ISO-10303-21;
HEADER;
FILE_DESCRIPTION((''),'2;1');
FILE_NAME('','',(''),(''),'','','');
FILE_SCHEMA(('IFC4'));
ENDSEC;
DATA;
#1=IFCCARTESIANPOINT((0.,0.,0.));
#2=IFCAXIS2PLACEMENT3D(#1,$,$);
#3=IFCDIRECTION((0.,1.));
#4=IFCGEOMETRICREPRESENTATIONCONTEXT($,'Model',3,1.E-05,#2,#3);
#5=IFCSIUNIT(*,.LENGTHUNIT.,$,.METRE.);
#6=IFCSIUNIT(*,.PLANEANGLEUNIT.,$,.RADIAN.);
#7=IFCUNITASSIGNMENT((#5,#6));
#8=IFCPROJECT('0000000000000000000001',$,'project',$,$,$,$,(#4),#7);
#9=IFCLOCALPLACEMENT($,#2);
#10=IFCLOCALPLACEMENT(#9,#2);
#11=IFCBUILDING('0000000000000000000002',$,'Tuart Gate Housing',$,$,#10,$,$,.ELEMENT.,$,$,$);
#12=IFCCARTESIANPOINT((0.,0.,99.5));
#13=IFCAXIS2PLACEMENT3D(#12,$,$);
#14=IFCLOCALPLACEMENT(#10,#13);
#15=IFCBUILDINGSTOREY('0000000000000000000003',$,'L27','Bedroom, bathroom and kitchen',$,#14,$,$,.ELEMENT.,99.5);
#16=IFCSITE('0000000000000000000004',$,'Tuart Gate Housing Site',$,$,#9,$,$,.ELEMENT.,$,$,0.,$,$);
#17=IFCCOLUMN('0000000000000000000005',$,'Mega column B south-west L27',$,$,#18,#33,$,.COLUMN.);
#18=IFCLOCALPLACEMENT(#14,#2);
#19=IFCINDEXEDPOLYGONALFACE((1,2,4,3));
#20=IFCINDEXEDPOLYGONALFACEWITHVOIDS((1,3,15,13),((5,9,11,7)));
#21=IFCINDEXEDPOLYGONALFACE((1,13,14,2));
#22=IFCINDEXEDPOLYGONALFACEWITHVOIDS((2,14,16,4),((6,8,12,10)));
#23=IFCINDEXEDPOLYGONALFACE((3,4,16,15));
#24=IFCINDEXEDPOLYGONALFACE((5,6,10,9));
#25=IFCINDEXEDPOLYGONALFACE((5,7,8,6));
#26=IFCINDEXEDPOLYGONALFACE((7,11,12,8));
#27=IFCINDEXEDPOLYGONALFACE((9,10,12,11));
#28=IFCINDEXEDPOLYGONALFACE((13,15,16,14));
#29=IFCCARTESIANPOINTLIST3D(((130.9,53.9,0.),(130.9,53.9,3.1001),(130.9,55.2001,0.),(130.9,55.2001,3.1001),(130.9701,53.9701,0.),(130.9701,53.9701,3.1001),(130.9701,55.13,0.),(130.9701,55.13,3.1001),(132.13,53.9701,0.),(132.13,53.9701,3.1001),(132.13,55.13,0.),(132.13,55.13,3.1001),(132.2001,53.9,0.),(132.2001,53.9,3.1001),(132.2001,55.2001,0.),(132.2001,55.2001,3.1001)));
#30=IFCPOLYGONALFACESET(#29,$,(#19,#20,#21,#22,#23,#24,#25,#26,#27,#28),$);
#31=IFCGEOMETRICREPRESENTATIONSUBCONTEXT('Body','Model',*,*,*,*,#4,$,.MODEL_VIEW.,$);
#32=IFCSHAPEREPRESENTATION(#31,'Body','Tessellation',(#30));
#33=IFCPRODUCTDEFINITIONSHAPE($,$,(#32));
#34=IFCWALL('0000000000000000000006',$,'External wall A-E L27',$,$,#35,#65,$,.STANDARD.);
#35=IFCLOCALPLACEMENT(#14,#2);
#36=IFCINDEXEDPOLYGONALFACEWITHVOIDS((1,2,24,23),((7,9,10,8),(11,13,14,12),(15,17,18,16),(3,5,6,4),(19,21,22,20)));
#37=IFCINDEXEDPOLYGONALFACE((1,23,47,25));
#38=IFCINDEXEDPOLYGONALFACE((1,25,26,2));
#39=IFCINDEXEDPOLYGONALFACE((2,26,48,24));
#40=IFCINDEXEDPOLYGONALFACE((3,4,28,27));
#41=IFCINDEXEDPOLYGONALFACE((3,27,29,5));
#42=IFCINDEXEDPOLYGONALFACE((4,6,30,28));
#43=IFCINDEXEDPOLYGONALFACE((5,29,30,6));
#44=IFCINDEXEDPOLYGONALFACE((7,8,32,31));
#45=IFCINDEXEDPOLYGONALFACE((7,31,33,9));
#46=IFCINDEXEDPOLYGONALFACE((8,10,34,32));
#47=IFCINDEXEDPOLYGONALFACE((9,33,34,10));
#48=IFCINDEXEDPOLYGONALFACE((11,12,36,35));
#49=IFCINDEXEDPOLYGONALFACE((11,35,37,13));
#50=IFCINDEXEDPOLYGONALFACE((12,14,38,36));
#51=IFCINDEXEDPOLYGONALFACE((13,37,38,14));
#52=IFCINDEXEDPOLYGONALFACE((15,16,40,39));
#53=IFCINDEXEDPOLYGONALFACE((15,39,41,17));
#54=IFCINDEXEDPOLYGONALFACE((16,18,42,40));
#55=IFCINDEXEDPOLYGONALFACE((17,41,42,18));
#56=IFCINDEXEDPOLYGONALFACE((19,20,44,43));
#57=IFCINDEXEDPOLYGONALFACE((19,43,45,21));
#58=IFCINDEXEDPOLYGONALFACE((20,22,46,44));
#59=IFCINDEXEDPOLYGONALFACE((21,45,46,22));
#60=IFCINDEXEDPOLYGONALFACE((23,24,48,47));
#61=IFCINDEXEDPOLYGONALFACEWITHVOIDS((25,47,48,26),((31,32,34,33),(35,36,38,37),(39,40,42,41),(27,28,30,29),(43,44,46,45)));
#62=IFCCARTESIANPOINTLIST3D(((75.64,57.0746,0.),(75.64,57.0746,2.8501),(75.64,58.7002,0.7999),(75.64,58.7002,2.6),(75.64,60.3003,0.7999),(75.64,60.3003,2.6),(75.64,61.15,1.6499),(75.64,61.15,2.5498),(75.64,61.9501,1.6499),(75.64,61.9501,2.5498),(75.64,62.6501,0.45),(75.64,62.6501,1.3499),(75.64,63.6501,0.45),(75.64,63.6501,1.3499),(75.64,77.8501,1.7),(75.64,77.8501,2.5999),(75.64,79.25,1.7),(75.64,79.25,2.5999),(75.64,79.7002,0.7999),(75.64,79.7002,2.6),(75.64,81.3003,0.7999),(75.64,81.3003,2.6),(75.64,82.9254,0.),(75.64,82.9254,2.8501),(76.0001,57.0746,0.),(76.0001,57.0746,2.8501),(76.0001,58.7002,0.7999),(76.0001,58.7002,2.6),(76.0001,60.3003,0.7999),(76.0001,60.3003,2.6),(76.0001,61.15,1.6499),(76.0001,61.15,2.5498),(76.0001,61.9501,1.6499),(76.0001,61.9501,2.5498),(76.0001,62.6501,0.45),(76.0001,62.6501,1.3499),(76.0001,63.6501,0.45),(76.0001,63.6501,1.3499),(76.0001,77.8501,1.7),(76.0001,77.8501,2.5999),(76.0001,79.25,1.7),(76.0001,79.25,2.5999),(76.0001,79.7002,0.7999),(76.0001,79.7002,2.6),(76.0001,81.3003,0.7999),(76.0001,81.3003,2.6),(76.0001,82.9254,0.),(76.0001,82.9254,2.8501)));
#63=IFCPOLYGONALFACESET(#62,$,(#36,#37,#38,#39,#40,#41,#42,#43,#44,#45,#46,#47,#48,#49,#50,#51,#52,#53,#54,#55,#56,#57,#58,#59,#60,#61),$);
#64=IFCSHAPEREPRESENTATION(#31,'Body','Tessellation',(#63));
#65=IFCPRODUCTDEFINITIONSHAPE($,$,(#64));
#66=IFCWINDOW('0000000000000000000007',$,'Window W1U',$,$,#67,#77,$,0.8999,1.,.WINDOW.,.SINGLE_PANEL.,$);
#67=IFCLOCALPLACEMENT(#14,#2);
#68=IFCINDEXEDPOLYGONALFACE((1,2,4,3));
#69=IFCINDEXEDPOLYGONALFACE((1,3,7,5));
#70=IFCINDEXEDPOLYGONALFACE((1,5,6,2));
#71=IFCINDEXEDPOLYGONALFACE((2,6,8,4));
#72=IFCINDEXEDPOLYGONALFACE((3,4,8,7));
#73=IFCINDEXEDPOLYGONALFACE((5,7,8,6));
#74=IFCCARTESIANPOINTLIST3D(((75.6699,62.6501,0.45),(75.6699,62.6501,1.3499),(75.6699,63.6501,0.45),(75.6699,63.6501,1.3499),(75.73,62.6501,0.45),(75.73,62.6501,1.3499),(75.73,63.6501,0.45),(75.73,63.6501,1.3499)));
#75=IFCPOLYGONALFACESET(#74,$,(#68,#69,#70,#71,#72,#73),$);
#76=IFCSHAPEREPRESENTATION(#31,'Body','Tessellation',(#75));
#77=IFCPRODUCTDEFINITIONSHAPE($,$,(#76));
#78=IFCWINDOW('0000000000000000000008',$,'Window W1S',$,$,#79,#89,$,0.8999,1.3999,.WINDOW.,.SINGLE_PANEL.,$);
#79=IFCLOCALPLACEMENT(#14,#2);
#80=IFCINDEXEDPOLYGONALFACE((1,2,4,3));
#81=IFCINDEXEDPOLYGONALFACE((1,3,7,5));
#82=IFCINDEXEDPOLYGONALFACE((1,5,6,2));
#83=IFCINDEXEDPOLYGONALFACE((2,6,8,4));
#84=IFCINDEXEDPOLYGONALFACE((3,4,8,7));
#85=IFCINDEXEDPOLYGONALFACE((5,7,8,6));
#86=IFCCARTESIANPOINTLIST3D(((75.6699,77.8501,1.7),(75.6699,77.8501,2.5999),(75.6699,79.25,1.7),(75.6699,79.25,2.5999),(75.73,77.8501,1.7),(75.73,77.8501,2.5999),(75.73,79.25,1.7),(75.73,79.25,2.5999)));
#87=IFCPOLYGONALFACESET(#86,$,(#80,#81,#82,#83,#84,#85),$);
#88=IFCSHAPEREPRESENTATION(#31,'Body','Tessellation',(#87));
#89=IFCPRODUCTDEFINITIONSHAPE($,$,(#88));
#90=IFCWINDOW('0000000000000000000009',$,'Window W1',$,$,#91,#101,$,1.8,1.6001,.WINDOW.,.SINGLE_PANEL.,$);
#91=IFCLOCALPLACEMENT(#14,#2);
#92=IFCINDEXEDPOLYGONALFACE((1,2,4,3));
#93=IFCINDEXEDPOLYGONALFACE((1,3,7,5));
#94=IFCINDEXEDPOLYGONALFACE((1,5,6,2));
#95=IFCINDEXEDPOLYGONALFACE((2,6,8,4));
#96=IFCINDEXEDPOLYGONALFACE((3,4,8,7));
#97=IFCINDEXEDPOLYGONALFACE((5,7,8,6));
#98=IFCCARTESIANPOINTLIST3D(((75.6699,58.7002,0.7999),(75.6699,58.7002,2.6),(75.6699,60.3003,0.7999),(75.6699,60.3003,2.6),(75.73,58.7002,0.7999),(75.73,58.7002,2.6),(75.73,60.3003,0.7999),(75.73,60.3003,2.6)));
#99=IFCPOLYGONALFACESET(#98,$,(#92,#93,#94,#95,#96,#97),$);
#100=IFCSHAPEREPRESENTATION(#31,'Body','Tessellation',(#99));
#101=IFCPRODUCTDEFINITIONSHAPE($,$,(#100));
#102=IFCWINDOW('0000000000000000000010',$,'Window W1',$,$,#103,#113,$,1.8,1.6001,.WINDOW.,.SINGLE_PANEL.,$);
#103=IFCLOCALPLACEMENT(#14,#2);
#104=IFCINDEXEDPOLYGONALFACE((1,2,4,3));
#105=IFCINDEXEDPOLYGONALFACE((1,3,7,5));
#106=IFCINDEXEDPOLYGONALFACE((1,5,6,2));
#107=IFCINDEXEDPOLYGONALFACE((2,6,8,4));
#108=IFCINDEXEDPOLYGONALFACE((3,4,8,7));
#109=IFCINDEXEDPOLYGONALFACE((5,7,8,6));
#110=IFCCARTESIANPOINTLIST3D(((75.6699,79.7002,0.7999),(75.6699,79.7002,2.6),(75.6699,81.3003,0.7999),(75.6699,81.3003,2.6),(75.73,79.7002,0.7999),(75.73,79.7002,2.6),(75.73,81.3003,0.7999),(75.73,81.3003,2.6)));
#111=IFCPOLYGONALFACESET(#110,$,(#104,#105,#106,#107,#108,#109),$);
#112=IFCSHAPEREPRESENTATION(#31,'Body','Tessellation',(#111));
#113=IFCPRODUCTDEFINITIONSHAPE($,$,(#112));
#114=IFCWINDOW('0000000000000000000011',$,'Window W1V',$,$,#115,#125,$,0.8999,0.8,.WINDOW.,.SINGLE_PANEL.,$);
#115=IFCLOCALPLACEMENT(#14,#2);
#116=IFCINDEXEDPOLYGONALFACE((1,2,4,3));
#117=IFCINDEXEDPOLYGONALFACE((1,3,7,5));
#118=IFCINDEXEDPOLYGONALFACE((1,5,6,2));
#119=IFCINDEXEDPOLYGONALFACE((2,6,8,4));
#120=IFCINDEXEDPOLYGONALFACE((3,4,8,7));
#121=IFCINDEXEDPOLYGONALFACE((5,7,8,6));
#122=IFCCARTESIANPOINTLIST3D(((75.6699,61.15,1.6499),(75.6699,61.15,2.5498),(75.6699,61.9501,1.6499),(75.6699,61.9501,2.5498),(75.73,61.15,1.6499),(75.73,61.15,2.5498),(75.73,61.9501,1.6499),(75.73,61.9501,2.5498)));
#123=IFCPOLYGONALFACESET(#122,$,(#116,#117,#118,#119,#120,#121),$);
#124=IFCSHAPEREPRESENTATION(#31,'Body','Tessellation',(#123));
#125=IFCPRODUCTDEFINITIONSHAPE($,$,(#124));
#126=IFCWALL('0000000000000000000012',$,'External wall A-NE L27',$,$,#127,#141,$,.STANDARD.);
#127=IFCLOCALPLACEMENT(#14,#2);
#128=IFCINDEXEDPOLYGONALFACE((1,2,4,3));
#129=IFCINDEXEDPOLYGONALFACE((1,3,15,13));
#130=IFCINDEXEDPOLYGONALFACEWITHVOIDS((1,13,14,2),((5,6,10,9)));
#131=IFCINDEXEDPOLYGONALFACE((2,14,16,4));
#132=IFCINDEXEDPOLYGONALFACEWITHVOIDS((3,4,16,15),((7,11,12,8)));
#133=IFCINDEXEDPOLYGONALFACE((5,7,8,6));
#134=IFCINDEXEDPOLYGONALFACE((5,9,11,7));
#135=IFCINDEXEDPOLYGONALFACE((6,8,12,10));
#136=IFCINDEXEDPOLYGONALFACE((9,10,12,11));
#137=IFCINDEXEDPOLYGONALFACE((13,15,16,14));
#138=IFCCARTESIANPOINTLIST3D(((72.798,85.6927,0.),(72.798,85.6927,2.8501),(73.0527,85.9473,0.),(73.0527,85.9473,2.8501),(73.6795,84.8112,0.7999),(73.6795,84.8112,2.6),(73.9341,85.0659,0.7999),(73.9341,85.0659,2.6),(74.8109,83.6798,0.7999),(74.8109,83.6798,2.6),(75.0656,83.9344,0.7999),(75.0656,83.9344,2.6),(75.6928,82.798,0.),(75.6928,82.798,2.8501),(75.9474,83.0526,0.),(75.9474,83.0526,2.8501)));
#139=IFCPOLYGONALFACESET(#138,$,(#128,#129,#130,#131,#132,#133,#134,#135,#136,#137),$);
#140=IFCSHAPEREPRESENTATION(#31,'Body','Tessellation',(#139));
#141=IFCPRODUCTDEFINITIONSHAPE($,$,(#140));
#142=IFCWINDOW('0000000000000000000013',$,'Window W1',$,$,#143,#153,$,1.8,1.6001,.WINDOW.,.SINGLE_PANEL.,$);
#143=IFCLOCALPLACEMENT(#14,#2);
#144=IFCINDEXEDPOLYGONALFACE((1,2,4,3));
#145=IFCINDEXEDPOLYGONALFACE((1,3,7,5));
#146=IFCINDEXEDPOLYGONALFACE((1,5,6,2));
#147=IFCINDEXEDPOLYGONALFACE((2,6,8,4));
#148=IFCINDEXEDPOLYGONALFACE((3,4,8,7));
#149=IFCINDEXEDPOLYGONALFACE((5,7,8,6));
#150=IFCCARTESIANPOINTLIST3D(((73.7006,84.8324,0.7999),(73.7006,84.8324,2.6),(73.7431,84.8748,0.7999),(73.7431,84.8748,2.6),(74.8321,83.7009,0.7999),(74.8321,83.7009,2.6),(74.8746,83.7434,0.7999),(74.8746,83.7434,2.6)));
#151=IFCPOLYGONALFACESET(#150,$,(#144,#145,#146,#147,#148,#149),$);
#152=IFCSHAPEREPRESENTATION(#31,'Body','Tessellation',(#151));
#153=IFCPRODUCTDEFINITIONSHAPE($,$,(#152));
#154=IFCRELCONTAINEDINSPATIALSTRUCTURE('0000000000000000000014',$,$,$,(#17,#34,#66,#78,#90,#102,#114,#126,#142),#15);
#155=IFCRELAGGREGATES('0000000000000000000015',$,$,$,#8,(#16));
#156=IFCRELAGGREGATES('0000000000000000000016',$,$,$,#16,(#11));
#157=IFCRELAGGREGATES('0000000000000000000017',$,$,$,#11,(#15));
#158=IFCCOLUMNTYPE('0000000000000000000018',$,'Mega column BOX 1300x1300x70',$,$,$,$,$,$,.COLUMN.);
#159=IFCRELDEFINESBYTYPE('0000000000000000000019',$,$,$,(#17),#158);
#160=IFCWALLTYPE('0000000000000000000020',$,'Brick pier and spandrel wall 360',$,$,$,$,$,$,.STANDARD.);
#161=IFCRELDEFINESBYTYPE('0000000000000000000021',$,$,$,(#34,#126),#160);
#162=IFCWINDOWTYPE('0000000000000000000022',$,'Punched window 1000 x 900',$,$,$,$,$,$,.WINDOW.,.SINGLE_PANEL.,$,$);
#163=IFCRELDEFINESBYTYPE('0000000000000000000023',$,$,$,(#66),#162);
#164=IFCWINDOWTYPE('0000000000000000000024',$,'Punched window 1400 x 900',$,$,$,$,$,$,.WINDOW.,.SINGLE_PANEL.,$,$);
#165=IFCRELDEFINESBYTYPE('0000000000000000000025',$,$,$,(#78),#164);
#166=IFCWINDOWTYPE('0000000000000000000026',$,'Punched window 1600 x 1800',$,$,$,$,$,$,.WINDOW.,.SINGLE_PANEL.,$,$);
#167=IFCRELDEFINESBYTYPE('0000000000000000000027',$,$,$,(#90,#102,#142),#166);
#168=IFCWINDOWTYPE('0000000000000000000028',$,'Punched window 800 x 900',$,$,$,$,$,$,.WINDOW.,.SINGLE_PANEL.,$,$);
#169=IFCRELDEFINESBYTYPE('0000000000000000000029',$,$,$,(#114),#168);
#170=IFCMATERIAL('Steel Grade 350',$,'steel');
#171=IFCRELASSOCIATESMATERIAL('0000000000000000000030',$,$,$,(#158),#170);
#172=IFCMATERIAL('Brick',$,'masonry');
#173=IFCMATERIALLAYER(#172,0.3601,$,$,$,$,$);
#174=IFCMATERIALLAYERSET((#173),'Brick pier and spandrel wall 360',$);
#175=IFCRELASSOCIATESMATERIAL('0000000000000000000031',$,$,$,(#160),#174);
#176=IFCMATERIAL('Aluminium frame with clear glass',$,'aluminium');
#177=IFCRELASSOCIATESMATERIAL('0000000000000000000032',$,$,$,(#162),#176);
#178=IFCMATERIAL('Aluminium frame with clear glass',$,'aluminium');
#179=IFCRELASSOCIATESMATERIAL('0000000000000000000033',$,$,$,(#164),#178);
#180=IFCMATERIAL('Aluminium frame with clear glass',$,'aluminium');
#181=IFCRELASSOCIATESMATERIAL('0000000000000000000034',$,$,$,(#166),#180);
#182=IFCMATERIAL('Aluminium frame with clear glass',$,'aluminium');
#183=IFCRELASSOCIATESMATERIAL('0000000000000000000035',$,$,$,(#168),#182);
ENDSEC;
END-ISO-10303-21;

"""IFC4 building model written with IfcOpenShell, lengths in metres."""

from ifc_helpers import new_model, si_unit, direction, frame, frame_2d, origin, origin_2d, place, context, subcontext, project, spatial, rectangle, hollow_rectangle, extrude, material, layer, layer_set, material_profile, profile_set, type_object, element, fill, save


model = new_model("IFC4")

# Units and contexts
model_context = context("Model", 3, precision=1e-05, world=origin(), true_north=direction((0.0, 1.0)))
body_context = subcontext(model_context, "Body", "Model", "MODEL_VIEW")
ifc_project = project(units=[si_unit("LENGTHUNIT", "METRE"), si_unit("PLANEANGLEUNIT", "RADIAN")], contexts=[model_context])

# Site, building, storey
site_placement = place(None, origin())
site = spatial("IfcSite", under=ifc_project, at=site_placement, Name="Tuart Gate Housing Site", CompositionType="ELEMENT", RefElevation=0.0)
building_placement = place(site_placement, origin())
building = spatial("IfcBuilding", under=site, at=building_placement, Name="Tuart Gate Housing", CompositionType="ELEMENT")
storey_placement = place(building_placement, frame((0.0, 0.0, 99.5)))
storey = spatial("IfcBuildingStorey", under=building, at=storey_placement, Name="L27", Description="Bedroom, bathroom and kitchen", CompositionType="ELEMENT", Elevation=99.5)

# Column
ifc_material_1 = material(Name="Steel Grade 350", Category="steel")
ifc_material_profile = material_profile(ifc_material_1, hollow_rectangle(XDim=1.3, YDim=1.3, WallThickness=0.0701, at=origin_2d()), Name="BOX 1300x1300x70")
ifc_profile_set = profile_set([ifc_material_profile], Name="Steel Grade 350")
column_type = type_object("IfcColumnType", Name="Mega column BOX 1300x1300x70", PredefinedType="COLUMN", material=ifc_profile_set)
column_placement = place(storey_placement, frame((131.55, 54.55, 0.0), z_axis=(0.0, 0.0, 1.0), x_axis=(1.0, 0.0, 0.0)))
element("IfcColumn", 1, at=column_placement, inside=storey, type_object=column_type, Name="Mega column B south-west L27", PredefinedType="COLUMN", context=body_context, shape_type="SweptSolid", body=[
    extrude(hollow_rectangle(XDim=1.3, YDim=1.3, WallThickness=0.0701, at=origin_2d()), origin(), (0.0, 0.0, 1.0), 3.1001),
])

# Wall, openings, windows
ifc_material_2 = material(Name="Brick", Category="masonry")
ifc_layer_1 = layer(ifc_material_2, 0.3601)
ifc_layer_set_1 = layer_set([ifc_layer_1], Name="Brick pier and spandrel wall 360")
wall_type_1 = type_object("IfcWallType", Name="Brick pier and spandrel wall 360", PredefinedType="STANDARD", material=ifc_layer_set_1)
wall_1_placement = place(storey_placement, frame((75.8201, 57.0747, 0.0), z_axis=(0.0, 0.0, 1.0), x_axis=(0.0, 1.0, 0.0)))
wall_1 = element("IfcWall", 2, at=wall_1_placement, inside=storey, type_object=wall_type_1, Name="External wall A-E L27", PredefinedType="STANDARD", context=body_context, shape_type="SweptSolid", body=[
    extrude(rectangle(XDim=25.8508, YDim=0.3601, at=frame_2d((12.9253, 0.0))), origin(), (0.0, 0.0, 1.0), 2.8501),
])
opening_1_placement = place(wall_1_placement, frame((1.6255, 0.0, 0.8)))
opening_1 = element("IfcOpeningElement", 3, at=opening_1_placement, cuts=wall_1, PredefinedType="OPENING", context=body_context, shape_type="SweptSolid", body=[
    extrude(rectangle(XDim=1.6001, YDim=1.8, at=frame_2d((0.8, 0.8999))), frame((0.0, 0.1899, 0.0), z_axis=(0.0, -1.0, 0.0), x_axis=(1.0, 0.0, 0.0)), (0.0, 0.0, 1.0), 0.3801),
])
opening_2_placement = place(wall_1_placement, frame((4.0754, 0.0, 1.6499)))
opening_2 = element("IfcOpeningElement", 4, at=opening_2_placement, cuts=wall_1, PredefinedType="OPENING", context=body_context, shape_type="SweptSolid", body=[
    extrude(rectangle(XDim=0.8, YDim=0.8999, at=frame_2d((0.3999, 0.45))), frame((0.0, 0.1899, 0.0), z_axis=(0.0, -1.0, 0.0), x_axis=(1.0, 0.0, 0.0)), (0.0, 0.0, 1.0), 0.3801),
])
opening_3_placement = place(wall_1_placement, frame((20.7754, 0.0, 1.7)))
opening_3 = element("IfcOpeningElement", 5, at=opening_3_placement, cuts=wall_1, PredefinedType="OPENING", context=body_context, shape_type="SweptSolid", body=[
    extrude(rectangle(XDim=1.3999, YDim=0.8999, at=frame_2d((0.7, 0.45))), frame((0.0, 0.1899, 0.0), z_axis=(0.0, -1.0, 0.0), x_axis=(1.0, 0.0, 0.0)), (0.0, 0.0, 1.0), 0.3801),
])
opening_4_placement = place(wall_1_placement, frame((22.6255, 0.0, 0.8)))
opening_4 = element("IfcOpeningElement", 6, at=opening_4_placement, cuts=wall_1, PredefinedType="OPENING", context=body_context, shape_type="SweptSolid", body=[
    extrude(rectangle(XDim=1.6001, YDim=1.8, at=frame_2d((0.8, 0.8999))), frame((0.0, 0.1899, 0.0), z_axis=(0.0, -1.0, 0.0), x_axis=(1.0, 0.0, 0.0)), (0.0, 0.0, 1.0), 0.3801),
])
opening_5_placement = place(wall_1_placement, frame((5.5754, 0.0, 0.45)))
opening_5 = element("IfcOpeningElement", 7, at=opening_5_placement, cuts=wall_1, PredefinedType="OPENING", context=body_context, shape_type="SweptSolid", body=[
    extrude(rectangle(XDim=1.0, YDim=0.8999, at=frame_2d((0.5, 0.45))), frame((0.0, 0.1899, 0.0), z_axis=(0.0, -1.0, 0.0), x_axis=(1.0, 0.0, 0.0)), (0.0, 0.0, 1.0), 0.3801),
])
ifc_material_3 = material(Name="Aluminium frame with clear glass", Category="aluminium")
window_type_1 = type_object("IfcWindowType", Name="Punched window 1000 x 900", PartitioningType="SINGLE_PANEL", PredefinedType="WINDOW", material=ifc_material_3)
window_1_placement = place(opening_5_placement, origin())
window_1 = element("IfcWindow", 8, at=window_1_placement, inside=storey, type_object=window_type_1, Name="Window W1U", OverallHeight=0.8999, OverallWidth=1.0, PartitioningType="SINGLE_PANEL", PredefinedType="WINDOW", context=body_context, shape_type="SweptSolid", body=[
    extrude(rectangle(XDim=1.0, YDim=0.8999, at=frame_2d((0.5, 0.45))), frame((0.0, 0.1501, 0.0), z_axis=(0.0, -1.0, 0.0), x_axis=(1.0, 0.0, 0.0)), (0.0, 0.0, 1.0), 0.0601),
])
fill(opening_5, window_1)
ifc_material_4 = material(Name="Aluminium frame with clear glass", Category="aluminium")
window_type_2 = type_object("IfcWindowType", Name="Punched window 1400 x 900", PartitioningType="SINGLE_PANEL", PredefinedType="WINDOW", material=ifc_material_4)
window_2_placement = place(opening_3_placement, origin())
window_2 = element("IfcWindow", 9, at=window_2_placement, inside=storey, type_object=window_type_2, Name="Window W1S", OverallHeight=0.8999, OverallWidth=1.3999, PartitioningType="SINGLE_PANEL", PredefinedType="WINDOW", context=body_context, shape_type="SweptSolid", body=[
    extrude(rectangle(XDim=1.3999, YDim=0.8999, at=frame_2d((0.7, 0.45))), frame((0.0, 0.1501, 0.0), z_axis=(0.0, -1.0, 0.0), x_axis=(1.0, 0.0, 0.0)), (0.0, 0.0, 1.0), 0.0601),
])
fill(opening_3, window_2)
ifc_material_5 = material(Name="Aluminium frame with clear glass", Category="aluminium")
window_type_3 = type_object("IfcWindowType", Name="Punched window 1600 x 1800", PartitioningType="SINGLE_PANEL", PredefinedType="WINDOW", material=ifc_material_5)
window_3_placement = place(opening_1_placement, origin())
window_3 = element("IfcWindow", 10, at=window_3_placement, inside=storey, type_object=window_type_3, Name="Window W1", OverallHeight=1.8, OverallWidth=1.6001, PartitioningType="SINGLE_PANEL", PredefinedType="WINDOW", context=body_context, shape_type="SweptSolid", body=[
    extrude(rectangle(XDim=1.6001, YDim=1.8, at=frame_2d((0.8, 0.8999))), frame((0.0, 0.1501, 0.0), z_axis=(0.0, -1.0, 0.0), x_axis=(1.0, 0.0, 0.0)), (0.0, 0.0, 1.0), 0.0601),
])
fill(opening_1, window_3)
window_4_placement = place(opening_4_placement, origin())
window_4 = element("IfcWindow", 11, at=window_4_placement, inside=storey, type_object=window_type_3, Name="Window W1", OverallHeight=1.8, OverallWidth=1.6001, PartitioningType="SINGLE_PANEL", PredefinedType="WINDOW", context=body_context, shape_type="SweptSolid", body=[
    extrude(rectangle(XDim=1.6001, YDim=1.8, at=frame_2d((0.8, 0.8999))), frame((0.0, 0.1501, 0.0), z_axis=(0.0, -1.0, 0.0), x_axis=(1.0, 0.0, 0.0)), (0.0, 0.0, 1.0), 0.0601),
])
fill(opening_4, window_4)
ifc_material_6 = material(Name="Aluminium frame with clear glass", Category="aluminium")
window_type_4 = type_object("IfcWindowType", Name="Punched window 800 x 900", PartitioningType="SINGLE_PANEL", PredefinedType="WINDOW", material=ifc_material_6)
window_5_placement = place(opening_2_placement, origin())
window_5 = element("IfcWindow", 12, at=window_5_placement, inside=storey, type_object=window_type_4, Name="Window W1V", OverallHeight=0.8999, OverallWidth=0.8, PartitioningType="SINGLE_PANEL", PredefinedType="WINDOW", context=body_context, shape_type="SweptSolid", body=[
    extrude(rectangle(XDim=0.8, YDim=0.8999, at=frame_2d((0.3999, 0.45))), frame((0.0, 0.1501, 0.0), z_axis=(0.0, -1.0, 0.0), x_axis=(1.0, 0.0, 0.0)), (0.0, 0.0, 1.0), 0.0601),
])
fill(opening_2, window_5)

# Wall, opening, window
wall_2_placement = place(storey_placement, frame((75.8201, 82.9253, 0.0), z_axis=(0.0, 0.0, 1.0), x_axis=(-0.707107, 0.707107, 0.0)))
wall_2 = element("IfcWall", 13, at=wall_2_placement, inside=storey, type_object=wall_type_1, Name="External wall A-NE L27", PredefinedType="STANDARD", context=body_context, shape_type="SweptSolid", body=[
    extrude(rectangle(XDim=4.0938, YDim=0.3601, at=frame_2d((2.0469, 0.0))), origin(), (0.0, 0.0, 1.0), 2.8501),
])
opening_6_placement = place(wall_2_placement, frame((1.2471, 0.0, 0.8)))
opening_6 = element("IfcOpeningElement", 14, at=opening_6_placement, cuts=wall_2, PredefinedType="OPENING", context=body_context, shape_type="SweptSolid", body=[
    extrude(rectangle(XDim=1.6001, YDim=1.8, at=frame_2d((0.8, 0.8999))), frame((0.0, 0.1899, 0.0), z_axis=(0.0, -1.0, 0.0), x_axis=(1.0, 0.0, 0.0)), (0.0, 0.0, 1.0), 0.3801),
])
window_6_placement = place(opening_6_placement, origin())
window_6 = element("IfcWindow", 15, at=window_6_placement, inside=storey, type_object=window_type_3, Name="Window W1", OverallHeight=1.8, OverallWidth=1.6001, PartitioningType="SINGLE_PANEL", PredefinedType="WINDOW", context=body_context, shape_type="SweptSolid", body=[
    extrude(rectangle(XDim=1.6001, YDim=1.8, at=frame_2d((0.8, 0.8999))), frame((0.0, 0.1501, 0.0), z_axis=(0.0, -1.0, 0.0), x_axis=(1.0, 0.0, 0.0)), (0.0, 0.0, 1.0), 0.0601),
])
fill(opening_6, window_6)

save(model, "model.ifc")
